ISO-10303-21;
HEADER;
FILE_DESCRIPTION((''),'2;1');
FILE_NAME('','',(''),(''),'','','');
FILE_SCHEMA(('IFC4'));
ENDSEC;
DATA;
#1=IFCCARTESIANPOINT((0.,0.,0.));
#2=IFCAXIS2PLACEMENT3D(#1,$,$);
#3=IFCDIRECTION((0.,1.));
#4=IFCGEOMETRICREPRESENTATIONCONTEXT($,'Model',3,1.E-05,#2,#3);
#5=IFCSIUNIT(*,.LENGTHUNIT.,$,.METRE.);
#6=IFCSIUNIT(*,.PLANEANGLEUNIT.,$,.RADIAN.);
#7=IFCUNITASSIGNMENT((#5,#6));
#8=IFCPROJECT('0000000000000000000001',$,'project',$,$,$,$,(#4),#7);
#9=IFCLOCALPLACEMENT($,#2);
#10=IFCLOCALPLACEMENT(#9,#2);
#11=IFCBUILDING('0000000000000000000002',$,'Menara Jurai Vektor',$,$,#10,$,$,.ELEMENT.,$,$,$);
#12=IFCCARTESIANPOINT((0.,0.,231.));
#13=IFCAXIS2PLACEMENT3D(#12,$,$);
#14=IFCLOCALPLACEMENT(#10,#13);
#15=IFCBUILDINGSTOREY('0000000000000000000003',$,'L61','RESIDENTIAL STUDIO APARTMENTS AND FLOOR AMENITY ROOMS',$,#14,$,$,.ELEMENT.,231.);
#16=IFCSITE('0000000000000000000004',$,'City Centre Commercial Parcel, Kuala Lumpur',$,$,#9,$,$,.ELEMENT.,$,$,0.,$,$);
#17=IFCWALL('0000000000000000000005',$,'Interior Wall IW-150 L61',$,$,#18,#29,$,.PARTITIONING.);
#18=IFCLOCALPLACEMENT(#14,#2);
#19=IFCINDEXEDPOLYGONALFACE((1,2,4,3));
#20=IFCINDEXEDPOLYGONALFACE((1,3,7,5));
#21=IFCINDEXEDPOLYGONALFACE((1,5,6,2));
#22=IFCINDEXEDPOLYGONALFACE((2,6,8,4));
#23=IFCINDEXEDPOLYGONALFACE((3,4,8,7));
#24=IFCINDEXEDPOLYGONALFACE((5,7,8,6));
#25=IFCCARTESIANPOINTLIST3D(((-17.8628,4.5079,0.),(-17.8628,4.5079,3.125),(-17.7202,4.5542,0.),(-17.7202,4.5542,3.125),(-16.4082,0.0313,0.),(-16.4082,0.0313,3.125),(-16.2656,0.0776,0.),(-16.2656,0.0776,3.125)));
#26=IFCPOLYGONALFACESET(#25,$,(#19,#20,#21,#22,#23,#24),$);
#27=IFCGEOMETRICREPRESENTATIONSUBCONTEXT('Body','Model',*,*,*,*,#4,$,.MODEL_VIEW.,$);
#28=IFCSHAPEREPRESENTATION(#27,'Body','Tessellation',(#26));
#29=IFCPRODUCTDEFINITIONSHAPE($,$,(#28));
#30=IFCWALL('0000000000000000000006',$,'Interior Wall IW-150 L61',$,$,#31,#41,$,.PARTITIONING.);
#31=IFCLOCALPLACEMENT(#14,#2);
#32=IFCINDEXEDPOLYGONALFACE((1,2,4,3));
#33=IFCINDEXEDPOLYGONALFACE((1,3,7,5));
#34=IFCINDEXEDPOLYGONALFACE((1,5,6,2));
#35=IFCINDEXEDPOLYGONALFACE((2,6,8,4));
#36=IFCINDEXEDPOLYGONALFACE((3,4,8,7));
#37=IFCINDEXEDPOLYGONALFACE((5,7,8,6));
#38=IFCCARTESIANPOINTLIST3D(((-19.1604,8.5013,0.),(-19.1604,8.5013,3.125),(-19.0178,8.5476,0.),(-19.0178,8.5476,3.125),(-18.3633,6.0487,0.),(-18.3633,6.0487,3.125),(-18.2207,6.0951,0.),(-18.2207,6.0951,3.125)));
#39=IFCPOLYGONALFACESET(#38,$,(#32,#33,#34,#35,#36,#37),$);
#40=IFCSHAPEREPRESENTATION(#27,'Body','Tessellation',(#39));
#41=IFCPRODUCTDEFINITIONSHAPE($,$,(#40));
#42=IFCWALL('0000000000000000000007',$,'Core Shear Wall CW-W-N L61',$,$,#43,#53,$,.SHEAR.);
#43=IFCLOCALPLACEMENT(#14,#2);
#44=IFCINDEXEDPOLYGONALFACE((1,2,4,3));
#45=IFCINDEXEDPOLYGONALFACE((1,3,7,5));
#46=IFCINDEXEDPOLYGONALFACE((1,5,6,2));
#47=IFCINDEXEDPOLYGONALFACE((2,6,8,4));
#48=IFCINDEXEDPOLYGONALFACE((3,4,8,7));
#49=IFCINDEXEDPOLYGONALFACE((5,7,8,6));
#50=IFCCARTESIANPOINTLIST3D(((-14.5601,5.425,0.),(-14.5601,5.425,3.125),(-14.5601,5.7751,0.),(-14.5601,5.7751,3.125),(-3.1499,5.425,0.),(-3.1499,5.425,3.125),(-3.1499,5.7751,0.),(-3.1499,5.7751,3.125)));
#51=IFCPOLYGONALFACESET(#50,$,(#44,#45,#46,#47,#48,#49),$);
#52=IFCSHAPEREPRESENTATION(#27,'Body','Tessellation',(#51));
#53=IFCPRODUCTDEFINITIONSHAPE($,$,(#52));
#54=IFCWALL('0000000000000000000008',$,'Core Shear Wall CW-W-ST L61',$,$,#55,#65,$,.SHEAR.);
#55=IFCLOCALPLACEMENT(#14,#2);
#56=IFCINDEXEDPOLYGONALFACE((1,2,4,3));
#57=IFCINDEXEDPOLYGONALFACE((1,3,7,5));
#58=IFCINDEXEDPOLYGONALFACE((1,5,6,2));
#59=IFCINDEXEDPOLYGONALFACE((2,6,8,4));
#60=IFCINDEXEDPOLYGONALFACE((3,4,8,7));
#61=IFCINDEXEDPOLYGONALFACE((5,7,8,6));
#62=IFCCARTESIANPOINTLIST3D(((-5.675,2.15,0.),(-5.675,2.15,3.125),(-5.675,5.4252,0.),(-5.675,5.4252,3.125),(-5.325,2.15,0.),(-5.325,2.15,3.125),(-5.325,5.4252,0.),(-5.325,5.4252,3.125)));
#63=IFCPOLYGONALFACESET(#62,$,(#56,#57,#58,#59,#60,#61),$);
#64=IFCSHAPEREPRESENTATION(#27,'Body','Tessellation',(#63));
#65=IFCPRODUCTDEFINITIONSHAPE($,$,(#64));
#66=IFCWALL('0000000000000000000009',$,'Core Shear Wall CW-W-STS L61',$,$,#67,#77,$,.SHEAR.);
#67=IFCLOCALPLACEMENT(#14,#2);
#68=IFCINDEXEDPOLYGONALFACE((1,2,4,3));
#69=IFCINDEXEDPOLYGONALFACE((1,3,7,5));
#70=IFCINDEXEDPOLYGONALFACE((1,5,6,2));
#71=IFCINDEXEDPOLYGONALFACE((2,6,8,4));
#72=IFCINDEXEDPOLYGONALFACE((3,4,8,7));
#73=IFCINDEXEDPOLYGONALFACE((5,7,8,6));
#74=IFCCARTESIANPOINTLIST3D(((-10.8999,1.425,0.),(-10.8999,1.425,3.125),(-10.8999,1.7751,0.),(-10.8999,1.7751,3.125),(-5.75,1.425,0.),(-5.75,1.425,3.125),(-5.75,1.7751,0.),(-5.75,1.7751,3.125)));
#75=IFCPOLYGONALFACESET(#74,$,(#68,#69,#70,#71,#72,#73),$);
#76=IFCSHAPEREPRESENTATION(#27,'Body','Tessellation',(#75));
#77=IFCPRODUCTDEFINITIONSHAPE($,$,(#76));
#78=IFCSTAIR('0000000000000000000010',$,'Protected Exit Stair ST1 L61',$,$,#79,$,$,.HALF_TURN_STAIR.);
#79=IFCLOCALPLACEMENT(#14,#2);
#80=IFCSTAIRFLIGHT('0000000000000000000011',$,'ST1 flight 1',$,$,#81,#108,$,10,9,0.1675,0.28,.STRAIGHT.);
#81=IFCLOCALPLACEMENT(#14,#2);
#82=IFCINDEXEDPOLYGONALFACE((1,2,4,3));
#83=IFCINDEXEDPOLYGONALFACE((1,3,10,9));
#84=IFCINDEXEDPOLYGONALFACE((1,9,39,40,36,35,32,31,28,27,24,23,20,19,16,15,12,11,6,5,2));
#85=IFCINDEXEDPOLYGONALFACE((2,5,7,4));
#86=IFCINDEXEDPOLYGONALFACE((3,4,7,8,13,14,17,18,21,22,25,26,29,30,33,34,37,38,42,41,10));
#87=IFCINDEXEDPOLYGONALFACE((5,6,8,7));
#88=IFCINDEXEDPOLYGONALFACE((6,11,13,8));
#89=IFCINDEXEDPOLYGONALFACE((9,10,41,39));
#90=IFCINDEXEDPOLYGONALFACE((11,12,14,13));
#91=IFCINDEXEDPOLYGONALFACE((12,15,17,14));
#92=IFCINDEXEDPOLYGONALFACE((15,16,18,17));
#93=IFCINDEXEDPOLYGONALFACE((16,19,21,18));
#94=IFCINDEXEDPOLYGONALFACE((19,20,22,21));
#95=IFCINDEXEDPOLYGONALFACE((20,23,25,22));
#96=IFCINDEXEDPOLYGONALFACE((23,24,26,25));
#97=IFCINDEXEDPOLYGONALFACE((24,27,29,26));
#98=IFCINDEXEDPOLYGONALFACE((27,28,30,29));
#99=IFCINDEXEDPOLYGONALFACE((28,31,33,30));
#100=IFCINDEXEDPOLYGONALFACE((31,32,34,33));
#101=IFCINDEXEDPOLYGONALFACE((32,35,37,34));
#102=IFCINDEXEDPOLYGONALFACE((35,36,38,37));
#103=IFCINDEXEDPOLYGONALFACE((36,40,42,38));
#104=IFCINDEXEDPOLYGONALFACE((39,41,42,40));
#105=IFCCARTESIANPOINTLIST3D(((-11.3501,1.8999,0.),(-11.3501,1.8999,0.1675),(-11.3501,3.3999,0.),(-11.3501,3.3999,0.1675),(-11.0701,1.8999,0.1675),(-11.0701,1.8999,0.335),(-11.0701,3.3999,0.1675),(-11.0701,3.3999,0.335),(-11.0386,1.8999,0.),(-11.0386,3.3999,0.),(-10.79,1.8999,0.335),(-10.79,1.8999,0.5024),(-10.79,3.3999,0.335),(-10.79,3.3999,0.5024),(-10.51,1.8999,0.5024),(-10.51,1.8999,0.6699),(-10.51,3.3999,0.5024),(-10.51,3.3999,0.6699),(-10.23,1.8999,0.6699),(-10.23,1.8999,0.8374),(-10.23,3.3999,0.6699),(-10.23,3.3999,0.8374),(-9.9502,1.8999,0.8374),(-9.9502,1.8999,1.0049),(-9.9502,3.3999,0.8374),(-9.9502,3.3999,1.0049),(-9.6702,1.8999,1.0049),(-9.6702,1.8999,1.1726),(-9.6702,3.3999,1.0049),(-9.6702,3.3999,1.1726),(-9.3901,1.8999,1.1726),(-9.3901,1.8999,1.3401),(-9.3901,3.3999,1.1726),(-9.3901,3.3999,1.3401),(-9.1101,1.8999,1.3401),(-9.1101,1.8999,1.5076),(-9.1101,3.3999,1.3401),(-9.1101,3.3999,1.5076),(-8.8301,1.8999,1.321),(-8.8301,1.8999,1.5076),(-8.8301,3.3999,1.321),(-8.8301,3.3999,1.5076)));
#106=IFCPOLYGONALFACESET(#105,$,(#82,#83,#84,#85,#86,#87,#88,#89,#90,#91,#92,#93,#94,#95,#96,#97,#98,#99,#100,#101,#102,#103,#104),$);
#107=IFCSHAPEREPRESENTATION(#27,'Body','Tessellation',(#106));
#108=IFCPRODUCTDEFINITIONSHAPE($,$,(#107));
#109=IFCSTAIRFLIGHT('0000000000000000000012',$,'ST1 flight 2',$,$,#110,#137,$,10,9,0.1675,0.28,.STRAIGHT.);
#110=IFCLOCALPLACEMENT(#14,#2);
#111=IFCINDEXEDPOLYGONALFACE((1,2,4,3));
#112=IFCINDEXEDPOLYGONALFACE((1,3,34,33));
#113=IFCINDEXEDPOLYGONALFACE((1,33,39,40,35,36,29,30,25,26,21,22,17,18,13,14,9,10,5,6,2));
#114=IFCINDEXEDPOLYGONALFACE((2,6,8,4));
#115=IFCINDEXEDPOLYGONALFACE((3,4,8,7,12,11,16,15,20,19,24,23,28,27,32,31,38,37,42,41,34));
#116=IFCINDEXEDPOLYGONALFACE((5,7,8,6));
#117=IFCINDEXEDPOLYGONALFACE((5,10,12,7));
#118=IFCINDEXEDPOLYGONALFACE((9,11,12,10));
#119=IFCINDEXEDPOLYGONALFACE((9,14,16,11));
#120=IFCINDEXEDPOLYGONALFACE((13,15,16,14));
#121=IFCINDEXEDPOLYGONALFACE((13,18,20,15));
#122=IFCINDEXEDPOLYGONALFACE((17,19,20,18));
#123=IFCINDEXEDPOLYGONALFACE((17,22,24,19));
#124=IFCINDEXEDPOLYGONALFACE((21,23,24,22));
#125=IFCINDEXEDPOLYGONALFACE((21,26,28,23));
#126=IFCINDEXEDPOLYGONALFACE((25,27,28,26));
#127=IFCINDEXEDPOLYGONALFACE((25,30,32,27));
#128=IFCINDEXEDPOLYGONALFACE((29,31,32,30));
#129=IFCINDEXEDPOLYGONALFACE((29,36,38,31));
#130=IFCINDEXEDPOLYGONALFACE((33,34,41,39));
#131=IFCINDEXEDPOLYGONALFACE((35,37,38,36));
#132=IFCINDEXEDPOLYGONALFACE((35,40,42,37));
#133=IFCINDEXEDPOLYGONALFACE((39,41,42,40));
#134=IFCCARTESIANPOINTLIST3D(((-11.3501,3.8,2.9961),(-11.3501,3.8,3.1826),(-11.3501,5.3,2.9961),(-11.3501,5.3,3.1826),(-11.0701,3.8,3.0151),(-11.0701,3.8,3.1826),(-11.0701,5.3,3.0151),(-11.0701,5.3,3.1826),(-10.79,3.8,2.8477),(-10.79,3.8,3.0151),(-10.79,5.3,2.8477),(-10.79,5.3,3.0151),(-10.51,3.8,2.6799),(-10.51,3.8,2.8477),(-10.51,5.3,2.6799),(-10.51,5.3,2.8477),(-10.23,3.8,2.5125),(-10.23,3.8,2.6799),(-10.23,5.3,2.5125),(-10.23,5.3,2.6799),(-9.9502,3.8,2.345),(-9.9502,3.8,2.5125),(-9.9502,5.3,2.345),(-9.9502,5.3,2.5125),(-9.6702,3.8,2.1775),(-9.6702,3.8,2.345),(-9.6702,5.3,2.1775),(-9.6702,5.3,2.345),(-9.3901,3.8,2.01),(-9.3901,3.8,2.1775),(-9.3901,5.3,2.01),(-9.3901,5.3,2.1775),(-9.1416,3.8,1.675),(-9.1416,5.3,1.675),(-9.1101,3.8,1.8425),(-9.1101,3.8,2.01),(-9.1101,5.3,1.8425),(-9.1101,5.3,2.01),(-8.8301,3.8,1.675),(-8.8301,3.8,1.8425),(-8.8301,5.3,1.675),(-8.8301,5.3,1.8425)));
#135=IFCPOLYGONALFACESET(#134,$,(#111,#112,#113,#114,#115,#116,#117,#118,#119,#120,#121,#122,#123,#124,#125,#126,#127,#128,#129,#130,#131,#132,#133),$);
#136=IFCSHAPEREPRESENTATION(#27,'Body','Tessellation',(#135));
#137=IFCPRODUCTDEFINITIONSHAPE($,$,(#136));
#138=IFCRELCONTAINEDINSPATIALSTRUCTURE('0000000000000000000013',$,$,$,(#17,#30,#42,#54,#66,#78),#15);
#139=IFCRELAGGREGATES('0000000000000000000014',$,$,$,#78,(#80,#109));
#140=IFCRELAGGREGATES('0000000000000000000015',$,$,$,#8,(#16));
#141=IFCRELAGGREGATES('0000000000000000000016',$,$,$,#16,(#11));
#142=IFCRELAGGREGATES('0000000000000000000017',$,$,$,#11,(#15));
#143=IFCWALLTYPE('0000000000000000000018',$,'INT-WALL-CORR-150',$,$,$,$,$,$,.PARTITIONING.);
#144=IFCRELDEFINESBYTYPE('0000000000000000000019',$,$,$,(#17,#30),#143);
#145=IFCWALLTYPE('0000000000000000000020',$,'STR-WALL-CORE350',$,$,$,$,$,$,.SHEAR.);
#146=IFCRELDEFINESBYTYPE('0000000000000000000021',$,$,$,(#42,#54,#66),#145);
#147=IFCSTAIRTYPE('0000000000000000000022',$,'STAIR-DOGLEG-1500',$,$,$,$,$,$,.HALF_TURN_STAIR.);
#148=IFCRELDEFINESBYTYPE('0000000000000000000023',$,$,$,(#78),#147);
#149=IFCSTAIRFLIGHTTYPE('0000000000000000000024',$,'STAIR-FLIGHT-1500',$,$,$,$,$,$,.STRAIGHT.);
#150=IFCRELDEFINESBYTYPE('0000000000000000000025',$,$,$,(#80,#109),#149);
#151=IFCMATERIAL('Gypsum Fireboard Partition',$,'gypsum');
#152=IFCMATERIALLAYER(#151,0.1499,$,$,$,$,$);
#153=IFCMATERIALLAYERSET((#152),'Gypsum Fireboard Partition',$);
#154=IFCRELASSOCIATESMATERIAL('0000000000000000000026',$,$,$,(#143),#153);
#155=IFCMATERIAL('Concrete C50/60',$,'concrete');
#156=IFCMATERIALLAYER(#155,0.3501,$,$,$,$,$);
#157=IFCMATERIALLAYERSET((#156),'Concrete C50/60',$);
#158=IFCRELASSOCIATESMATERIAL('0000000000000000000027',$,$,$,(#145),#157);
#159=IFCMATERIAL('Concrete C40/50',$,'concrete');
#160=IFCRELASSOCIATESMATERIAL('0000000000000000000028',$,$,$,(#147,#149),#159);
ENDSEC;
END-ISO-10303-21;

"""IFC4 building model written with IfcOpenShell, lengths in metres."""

from ifc_helpers import new_model, si_unit, direction, frame, frame_2d, origin, place, context, subcontext, project, spatial, polyline, rectangle, outline, extrude, material, layer, layer_set, type_object, element, aggregate, save


model = new_model("IFC4")

# Units and contexts
model_context = context("Model", 3, precision=1e-05, world=origin(), true_north=direction((0.0, 1.0)))
body_context = subcontext(model_context, "Body", "Model", "MODEL_VIEW")
ifc_project = project(units=[si_unit("LENGTHUNIT", "METRE"), si_unit("PLANEANGLEUNIT", "RADIAN")], contexts=[model_context])

# Site, building, storey
site_placement = place(None, origin())
site = spatial("IfcSite", under=ifc_project, at=site_placement, Name="City Centre Commercial Parcel, Kuala Lumpur", CompositionType="ELEMENT", RefElevation=0.0)
building_placement = place(site_placement, origin())
building = spatial("IfcBuilding", under=site, at=building_placement, Name="Menara Jurai Vektor", CompositionType="ELEMENT")
storey_placement = place(building_placement, frame((0.0, 0.0, 231.0)))
storey = spatial("IfcBuildingStorey", under=building, at=storey_placement, Name="L61", Description="RESIDENTIAL STUDIO APARTMENTS AND FLOOR AMENITY ROOMS", CompositionType="ELEMENT", Elevation=231.0)

# Shared definitions
ifc_material_1 = material(Name="Concrete C50/60", Category="concrete")

# Shared definitions
ifc_material_2 = material(Name="Concrete C40/50", Category="concrete")

# Shared definitions
ifc_material_3 = material(Name="Gypsum Fireboard Partition", Category="gypsum")
ifc_layer_1 = layer(ifc_material_3, 0.1499)
ifc_layer_set_1 = layer_set([ifc_layer_1], Name="Gypsum Fireboard Partition")
wall_type_1 = type_object("IfcWallType", Name="INT-WALL-CORR-150", PredefinedType="PARTITIONING", material=ifc_layer_set_1)

# Walls
wall_1_placement = place(storey_placement, frame((-16.3369, 0.0544, 0.0), z_axis=(0.0, 0.0, 1.0), x_axis=(-0.30903, 0.951052, 0.0)))
element("IfcWall", 1, at=wall_1_placement, inside=storey, type_object=wall_type_1, Name="Interior Wall IW-150 L61", PredefinedType="PARTITIONING", context=body_context, shape_type="SweptSolid", body=[
    extrude(rectangle(XDim=4.707, YDim=0.1499, at=frame_2d((2.3535, 0.0))), origin(), (0.0, 0.0, 1.0), 3.125),
])
wall_2_placement = place(storey_placement, frame((-18.292, 6.0718, 0.0), z_axis=(0.0, 0.0, 1.0), x_axis=(-0.30909, 0.951033, 0.0)))
element("IfcWall", 2, at=wall_2_placement, inside=storey, type_object=wall_type_1, Name="Interior Wall IW-150 L61", PredefinedType="PARTITIONING", context=body_context, shape_type="SweptSolid", body=[
    extrude(rectangle(XDim=2.5789, YDim=0.1499, at=frame_2d((1.2896, 0.0))), origin(), (0.0, 0.0, 1.0), 3.125),
])
ifc_layer_2 = layer(ifc_material_1, 0.3501)
ifc_layer_set_2 = layer_set([ifc_layer_2], Name="Concrete C50/60")
wall_type_2 = type_object("IfcWallType", Name="STR-WALL-CORE350", PredefinedType="SHEAR", material=ifc_layer_set_2)
wall_3_placement = place(storey_placement, frame((-14.5601, 5.6001, 0.0), z_axis=(0.0, 0.0, 1.0), x_axis=(1.0, 0.0, 0.0)))
element("IfcWall", 3, at=wall_3_placement, inside=storey, type_object=wall_type_2, Name="Core Shear Wall CW-W-N L61", PredefinedType="SHEAR", context=body_context, shape_type="SweptSolid", body=[
    extrude(rectangle(XDim=11.4102, YDim=0.3501, at=frame_2d((5.7051, 0.0))), origin(), (0.0, 0.0, 1.0), 3.125),
])
wall_4_placement = place(storey_placement, frame((-5.5, 2.1499, 0.0), z_axis=(0.0, 0.0, 1.0), x_axis=(0.0, 1.0, 0.0)))
element("IfcWall", 4, at=wall_4_placement, inside=storey, type_object=wall_type_2, Name="Core Shear Wall CW-W-ST L61", PredefinedType="SHEAR", context=body_context, shape_type="SweptSolid", body=[
    extrude(rectangle(XDim=3.2751, YDim=0.3501, at=frame_2d((1.6377, 0.0))), origin(), (0.0, 0.0, 1.0), 3.125),
])
wall_5_placement = place(storey_placement, frame((-10.8999, 1.6001, 0.0), z_axis=(0.0, 0.0, 1.0), x_axis=(1.0, 0.0, 0.0)))
element("IfcWall", 5, at=wall_5_placement, inside=storey, type_object=wall_type_2, Name="Core Shear Wall CW-W-STS L61", PredefinedType="SHEAR", context=body_context, shape_type="SweptSolid", body=[
    extrude(rectangle(XDim=5.1499, YDim=0.3501, at=frame_2d((2.575, 0.0))), origin(), (0.0, 0.0, 1.0), 3.125),
])

# Stair, stair flights
stair_type = type_object("IfcStairType", Name="STAIR-DOGLEG-1500", PredefinedType="HALF_TURN_STAIR", material=ifc_material_2)
stair_placement = place(storey_placement, origin())
stair = element("IfcStair", 6, at=stair_placement, inside=storey, type_object=stair_type, Name="Protected Exit Stair ST1 L61", PredefinedType="HALF_TURN_STAIR")
stair_flight_type = type_object("IfcStairFlightType", Name="STAIR-FLIGHT-1500", PredefinedType="STRAIGHT", material=ifc_material_2)
stair_flight_1_placement = place(storey_placement, frame((-11.3501, 2.6499, 0.0), z_axis=(0.0, 0.0, 1.0), x_axis=(1.0, 0.0, 0.0)))
stair_flight_1 = element("IfcStairFlight", 7, at=stair_flight_1_placement, type_object=stair_flight_type, Name="ST1 flight 1", NumberOfRisers=10, NumberOfTreads=9, PredefinedType="STRAIGHT", RiserHeight=0.1675, TreadLength=0.28, context=body_context, shape_type="SweptSolid", body=[
    extrude(outline(polyline([(0.0, 0.0), (0.0, 0.1675), (0.28, 0.1675), (0.28, 0.335), (0.5601, 0.335), (0.5601, 0.5024), (0.8401, 0.5024), (0.8401, 0.6699), (1.1201, 0.6699), (1.1201, 0.8374), (1.3999, 0.8374), (1.3999, 1.0049), (1.6799, 1.0049), (1.6799, 1.1726), (1.96, 1.1726), (1.96, 1.3401), (2.24, 1.3401), (2.24, 1.5076), (2.52, 1.5076), (2.52, 1.675), (2.52, 1.321), (0.3115, 0.0), (0.0, 0.0)])), frame((0.0, 0.75, 0.0), z_axis=(0.0, -1.0, 0.0), x_axis=(1.0, 0.0, 0.0)), (0.0, 0.0, 1.0), 1.5),
])
stair_flight_2_placement = place(storey_placement, frame((-8.8301, 4.55, 1.675), z_axis=(0.0, 0.0, 1.0), x_axis=(-1.0, 0.0, 0.0)))
stair_flight_2 = element("IfcStairFlight", 8, at=stair_flight_2_placement, type_object=stair_flight_type, Name="ST1 flight 2", NumberOfRisers=10, NumberOfTreads=9, PredefinedType="STRAIGHT", RiserHeight=0.1675, TreadLength=0.28, context=body_context, shape_type="SweptSolid", body=[
    extrude(outline(polyline([(0.0, 0.0), (0.0, 0.1675), (0.28, 0.1675), (0.28, 0.335), (0.5601, 0.335), (0.5601, 0.5024), (0.8401, 0.5024), (0.8401, 0.6699), (1.1201, 0.6699), (1.1201, 0.8374), (1.3999, 0.8374), (1.3999, 1.0049), (1.6799, 1.0049), (1.6799, 1.1726), (1.96, 1.1726), (1.96, 1.3401), (2.24, 1.3401), (2.24, 1.5076), (2.52, 1.5076), (2.52, 1.675), (2.52, 1.321), (0.3115, 0.0), (0.0, 0.0)])), frame((0.0, 0.75, 0.0), z_axis=(0.0, -1.0, 0.0), x_axis=(1.0, 0.0, 0.0)), (0.0, 0.0, 1.0), 1.5),
])
aggregate(stair, [stair_flight_1, stair_flight_2])

save(model, "model.ifc")
